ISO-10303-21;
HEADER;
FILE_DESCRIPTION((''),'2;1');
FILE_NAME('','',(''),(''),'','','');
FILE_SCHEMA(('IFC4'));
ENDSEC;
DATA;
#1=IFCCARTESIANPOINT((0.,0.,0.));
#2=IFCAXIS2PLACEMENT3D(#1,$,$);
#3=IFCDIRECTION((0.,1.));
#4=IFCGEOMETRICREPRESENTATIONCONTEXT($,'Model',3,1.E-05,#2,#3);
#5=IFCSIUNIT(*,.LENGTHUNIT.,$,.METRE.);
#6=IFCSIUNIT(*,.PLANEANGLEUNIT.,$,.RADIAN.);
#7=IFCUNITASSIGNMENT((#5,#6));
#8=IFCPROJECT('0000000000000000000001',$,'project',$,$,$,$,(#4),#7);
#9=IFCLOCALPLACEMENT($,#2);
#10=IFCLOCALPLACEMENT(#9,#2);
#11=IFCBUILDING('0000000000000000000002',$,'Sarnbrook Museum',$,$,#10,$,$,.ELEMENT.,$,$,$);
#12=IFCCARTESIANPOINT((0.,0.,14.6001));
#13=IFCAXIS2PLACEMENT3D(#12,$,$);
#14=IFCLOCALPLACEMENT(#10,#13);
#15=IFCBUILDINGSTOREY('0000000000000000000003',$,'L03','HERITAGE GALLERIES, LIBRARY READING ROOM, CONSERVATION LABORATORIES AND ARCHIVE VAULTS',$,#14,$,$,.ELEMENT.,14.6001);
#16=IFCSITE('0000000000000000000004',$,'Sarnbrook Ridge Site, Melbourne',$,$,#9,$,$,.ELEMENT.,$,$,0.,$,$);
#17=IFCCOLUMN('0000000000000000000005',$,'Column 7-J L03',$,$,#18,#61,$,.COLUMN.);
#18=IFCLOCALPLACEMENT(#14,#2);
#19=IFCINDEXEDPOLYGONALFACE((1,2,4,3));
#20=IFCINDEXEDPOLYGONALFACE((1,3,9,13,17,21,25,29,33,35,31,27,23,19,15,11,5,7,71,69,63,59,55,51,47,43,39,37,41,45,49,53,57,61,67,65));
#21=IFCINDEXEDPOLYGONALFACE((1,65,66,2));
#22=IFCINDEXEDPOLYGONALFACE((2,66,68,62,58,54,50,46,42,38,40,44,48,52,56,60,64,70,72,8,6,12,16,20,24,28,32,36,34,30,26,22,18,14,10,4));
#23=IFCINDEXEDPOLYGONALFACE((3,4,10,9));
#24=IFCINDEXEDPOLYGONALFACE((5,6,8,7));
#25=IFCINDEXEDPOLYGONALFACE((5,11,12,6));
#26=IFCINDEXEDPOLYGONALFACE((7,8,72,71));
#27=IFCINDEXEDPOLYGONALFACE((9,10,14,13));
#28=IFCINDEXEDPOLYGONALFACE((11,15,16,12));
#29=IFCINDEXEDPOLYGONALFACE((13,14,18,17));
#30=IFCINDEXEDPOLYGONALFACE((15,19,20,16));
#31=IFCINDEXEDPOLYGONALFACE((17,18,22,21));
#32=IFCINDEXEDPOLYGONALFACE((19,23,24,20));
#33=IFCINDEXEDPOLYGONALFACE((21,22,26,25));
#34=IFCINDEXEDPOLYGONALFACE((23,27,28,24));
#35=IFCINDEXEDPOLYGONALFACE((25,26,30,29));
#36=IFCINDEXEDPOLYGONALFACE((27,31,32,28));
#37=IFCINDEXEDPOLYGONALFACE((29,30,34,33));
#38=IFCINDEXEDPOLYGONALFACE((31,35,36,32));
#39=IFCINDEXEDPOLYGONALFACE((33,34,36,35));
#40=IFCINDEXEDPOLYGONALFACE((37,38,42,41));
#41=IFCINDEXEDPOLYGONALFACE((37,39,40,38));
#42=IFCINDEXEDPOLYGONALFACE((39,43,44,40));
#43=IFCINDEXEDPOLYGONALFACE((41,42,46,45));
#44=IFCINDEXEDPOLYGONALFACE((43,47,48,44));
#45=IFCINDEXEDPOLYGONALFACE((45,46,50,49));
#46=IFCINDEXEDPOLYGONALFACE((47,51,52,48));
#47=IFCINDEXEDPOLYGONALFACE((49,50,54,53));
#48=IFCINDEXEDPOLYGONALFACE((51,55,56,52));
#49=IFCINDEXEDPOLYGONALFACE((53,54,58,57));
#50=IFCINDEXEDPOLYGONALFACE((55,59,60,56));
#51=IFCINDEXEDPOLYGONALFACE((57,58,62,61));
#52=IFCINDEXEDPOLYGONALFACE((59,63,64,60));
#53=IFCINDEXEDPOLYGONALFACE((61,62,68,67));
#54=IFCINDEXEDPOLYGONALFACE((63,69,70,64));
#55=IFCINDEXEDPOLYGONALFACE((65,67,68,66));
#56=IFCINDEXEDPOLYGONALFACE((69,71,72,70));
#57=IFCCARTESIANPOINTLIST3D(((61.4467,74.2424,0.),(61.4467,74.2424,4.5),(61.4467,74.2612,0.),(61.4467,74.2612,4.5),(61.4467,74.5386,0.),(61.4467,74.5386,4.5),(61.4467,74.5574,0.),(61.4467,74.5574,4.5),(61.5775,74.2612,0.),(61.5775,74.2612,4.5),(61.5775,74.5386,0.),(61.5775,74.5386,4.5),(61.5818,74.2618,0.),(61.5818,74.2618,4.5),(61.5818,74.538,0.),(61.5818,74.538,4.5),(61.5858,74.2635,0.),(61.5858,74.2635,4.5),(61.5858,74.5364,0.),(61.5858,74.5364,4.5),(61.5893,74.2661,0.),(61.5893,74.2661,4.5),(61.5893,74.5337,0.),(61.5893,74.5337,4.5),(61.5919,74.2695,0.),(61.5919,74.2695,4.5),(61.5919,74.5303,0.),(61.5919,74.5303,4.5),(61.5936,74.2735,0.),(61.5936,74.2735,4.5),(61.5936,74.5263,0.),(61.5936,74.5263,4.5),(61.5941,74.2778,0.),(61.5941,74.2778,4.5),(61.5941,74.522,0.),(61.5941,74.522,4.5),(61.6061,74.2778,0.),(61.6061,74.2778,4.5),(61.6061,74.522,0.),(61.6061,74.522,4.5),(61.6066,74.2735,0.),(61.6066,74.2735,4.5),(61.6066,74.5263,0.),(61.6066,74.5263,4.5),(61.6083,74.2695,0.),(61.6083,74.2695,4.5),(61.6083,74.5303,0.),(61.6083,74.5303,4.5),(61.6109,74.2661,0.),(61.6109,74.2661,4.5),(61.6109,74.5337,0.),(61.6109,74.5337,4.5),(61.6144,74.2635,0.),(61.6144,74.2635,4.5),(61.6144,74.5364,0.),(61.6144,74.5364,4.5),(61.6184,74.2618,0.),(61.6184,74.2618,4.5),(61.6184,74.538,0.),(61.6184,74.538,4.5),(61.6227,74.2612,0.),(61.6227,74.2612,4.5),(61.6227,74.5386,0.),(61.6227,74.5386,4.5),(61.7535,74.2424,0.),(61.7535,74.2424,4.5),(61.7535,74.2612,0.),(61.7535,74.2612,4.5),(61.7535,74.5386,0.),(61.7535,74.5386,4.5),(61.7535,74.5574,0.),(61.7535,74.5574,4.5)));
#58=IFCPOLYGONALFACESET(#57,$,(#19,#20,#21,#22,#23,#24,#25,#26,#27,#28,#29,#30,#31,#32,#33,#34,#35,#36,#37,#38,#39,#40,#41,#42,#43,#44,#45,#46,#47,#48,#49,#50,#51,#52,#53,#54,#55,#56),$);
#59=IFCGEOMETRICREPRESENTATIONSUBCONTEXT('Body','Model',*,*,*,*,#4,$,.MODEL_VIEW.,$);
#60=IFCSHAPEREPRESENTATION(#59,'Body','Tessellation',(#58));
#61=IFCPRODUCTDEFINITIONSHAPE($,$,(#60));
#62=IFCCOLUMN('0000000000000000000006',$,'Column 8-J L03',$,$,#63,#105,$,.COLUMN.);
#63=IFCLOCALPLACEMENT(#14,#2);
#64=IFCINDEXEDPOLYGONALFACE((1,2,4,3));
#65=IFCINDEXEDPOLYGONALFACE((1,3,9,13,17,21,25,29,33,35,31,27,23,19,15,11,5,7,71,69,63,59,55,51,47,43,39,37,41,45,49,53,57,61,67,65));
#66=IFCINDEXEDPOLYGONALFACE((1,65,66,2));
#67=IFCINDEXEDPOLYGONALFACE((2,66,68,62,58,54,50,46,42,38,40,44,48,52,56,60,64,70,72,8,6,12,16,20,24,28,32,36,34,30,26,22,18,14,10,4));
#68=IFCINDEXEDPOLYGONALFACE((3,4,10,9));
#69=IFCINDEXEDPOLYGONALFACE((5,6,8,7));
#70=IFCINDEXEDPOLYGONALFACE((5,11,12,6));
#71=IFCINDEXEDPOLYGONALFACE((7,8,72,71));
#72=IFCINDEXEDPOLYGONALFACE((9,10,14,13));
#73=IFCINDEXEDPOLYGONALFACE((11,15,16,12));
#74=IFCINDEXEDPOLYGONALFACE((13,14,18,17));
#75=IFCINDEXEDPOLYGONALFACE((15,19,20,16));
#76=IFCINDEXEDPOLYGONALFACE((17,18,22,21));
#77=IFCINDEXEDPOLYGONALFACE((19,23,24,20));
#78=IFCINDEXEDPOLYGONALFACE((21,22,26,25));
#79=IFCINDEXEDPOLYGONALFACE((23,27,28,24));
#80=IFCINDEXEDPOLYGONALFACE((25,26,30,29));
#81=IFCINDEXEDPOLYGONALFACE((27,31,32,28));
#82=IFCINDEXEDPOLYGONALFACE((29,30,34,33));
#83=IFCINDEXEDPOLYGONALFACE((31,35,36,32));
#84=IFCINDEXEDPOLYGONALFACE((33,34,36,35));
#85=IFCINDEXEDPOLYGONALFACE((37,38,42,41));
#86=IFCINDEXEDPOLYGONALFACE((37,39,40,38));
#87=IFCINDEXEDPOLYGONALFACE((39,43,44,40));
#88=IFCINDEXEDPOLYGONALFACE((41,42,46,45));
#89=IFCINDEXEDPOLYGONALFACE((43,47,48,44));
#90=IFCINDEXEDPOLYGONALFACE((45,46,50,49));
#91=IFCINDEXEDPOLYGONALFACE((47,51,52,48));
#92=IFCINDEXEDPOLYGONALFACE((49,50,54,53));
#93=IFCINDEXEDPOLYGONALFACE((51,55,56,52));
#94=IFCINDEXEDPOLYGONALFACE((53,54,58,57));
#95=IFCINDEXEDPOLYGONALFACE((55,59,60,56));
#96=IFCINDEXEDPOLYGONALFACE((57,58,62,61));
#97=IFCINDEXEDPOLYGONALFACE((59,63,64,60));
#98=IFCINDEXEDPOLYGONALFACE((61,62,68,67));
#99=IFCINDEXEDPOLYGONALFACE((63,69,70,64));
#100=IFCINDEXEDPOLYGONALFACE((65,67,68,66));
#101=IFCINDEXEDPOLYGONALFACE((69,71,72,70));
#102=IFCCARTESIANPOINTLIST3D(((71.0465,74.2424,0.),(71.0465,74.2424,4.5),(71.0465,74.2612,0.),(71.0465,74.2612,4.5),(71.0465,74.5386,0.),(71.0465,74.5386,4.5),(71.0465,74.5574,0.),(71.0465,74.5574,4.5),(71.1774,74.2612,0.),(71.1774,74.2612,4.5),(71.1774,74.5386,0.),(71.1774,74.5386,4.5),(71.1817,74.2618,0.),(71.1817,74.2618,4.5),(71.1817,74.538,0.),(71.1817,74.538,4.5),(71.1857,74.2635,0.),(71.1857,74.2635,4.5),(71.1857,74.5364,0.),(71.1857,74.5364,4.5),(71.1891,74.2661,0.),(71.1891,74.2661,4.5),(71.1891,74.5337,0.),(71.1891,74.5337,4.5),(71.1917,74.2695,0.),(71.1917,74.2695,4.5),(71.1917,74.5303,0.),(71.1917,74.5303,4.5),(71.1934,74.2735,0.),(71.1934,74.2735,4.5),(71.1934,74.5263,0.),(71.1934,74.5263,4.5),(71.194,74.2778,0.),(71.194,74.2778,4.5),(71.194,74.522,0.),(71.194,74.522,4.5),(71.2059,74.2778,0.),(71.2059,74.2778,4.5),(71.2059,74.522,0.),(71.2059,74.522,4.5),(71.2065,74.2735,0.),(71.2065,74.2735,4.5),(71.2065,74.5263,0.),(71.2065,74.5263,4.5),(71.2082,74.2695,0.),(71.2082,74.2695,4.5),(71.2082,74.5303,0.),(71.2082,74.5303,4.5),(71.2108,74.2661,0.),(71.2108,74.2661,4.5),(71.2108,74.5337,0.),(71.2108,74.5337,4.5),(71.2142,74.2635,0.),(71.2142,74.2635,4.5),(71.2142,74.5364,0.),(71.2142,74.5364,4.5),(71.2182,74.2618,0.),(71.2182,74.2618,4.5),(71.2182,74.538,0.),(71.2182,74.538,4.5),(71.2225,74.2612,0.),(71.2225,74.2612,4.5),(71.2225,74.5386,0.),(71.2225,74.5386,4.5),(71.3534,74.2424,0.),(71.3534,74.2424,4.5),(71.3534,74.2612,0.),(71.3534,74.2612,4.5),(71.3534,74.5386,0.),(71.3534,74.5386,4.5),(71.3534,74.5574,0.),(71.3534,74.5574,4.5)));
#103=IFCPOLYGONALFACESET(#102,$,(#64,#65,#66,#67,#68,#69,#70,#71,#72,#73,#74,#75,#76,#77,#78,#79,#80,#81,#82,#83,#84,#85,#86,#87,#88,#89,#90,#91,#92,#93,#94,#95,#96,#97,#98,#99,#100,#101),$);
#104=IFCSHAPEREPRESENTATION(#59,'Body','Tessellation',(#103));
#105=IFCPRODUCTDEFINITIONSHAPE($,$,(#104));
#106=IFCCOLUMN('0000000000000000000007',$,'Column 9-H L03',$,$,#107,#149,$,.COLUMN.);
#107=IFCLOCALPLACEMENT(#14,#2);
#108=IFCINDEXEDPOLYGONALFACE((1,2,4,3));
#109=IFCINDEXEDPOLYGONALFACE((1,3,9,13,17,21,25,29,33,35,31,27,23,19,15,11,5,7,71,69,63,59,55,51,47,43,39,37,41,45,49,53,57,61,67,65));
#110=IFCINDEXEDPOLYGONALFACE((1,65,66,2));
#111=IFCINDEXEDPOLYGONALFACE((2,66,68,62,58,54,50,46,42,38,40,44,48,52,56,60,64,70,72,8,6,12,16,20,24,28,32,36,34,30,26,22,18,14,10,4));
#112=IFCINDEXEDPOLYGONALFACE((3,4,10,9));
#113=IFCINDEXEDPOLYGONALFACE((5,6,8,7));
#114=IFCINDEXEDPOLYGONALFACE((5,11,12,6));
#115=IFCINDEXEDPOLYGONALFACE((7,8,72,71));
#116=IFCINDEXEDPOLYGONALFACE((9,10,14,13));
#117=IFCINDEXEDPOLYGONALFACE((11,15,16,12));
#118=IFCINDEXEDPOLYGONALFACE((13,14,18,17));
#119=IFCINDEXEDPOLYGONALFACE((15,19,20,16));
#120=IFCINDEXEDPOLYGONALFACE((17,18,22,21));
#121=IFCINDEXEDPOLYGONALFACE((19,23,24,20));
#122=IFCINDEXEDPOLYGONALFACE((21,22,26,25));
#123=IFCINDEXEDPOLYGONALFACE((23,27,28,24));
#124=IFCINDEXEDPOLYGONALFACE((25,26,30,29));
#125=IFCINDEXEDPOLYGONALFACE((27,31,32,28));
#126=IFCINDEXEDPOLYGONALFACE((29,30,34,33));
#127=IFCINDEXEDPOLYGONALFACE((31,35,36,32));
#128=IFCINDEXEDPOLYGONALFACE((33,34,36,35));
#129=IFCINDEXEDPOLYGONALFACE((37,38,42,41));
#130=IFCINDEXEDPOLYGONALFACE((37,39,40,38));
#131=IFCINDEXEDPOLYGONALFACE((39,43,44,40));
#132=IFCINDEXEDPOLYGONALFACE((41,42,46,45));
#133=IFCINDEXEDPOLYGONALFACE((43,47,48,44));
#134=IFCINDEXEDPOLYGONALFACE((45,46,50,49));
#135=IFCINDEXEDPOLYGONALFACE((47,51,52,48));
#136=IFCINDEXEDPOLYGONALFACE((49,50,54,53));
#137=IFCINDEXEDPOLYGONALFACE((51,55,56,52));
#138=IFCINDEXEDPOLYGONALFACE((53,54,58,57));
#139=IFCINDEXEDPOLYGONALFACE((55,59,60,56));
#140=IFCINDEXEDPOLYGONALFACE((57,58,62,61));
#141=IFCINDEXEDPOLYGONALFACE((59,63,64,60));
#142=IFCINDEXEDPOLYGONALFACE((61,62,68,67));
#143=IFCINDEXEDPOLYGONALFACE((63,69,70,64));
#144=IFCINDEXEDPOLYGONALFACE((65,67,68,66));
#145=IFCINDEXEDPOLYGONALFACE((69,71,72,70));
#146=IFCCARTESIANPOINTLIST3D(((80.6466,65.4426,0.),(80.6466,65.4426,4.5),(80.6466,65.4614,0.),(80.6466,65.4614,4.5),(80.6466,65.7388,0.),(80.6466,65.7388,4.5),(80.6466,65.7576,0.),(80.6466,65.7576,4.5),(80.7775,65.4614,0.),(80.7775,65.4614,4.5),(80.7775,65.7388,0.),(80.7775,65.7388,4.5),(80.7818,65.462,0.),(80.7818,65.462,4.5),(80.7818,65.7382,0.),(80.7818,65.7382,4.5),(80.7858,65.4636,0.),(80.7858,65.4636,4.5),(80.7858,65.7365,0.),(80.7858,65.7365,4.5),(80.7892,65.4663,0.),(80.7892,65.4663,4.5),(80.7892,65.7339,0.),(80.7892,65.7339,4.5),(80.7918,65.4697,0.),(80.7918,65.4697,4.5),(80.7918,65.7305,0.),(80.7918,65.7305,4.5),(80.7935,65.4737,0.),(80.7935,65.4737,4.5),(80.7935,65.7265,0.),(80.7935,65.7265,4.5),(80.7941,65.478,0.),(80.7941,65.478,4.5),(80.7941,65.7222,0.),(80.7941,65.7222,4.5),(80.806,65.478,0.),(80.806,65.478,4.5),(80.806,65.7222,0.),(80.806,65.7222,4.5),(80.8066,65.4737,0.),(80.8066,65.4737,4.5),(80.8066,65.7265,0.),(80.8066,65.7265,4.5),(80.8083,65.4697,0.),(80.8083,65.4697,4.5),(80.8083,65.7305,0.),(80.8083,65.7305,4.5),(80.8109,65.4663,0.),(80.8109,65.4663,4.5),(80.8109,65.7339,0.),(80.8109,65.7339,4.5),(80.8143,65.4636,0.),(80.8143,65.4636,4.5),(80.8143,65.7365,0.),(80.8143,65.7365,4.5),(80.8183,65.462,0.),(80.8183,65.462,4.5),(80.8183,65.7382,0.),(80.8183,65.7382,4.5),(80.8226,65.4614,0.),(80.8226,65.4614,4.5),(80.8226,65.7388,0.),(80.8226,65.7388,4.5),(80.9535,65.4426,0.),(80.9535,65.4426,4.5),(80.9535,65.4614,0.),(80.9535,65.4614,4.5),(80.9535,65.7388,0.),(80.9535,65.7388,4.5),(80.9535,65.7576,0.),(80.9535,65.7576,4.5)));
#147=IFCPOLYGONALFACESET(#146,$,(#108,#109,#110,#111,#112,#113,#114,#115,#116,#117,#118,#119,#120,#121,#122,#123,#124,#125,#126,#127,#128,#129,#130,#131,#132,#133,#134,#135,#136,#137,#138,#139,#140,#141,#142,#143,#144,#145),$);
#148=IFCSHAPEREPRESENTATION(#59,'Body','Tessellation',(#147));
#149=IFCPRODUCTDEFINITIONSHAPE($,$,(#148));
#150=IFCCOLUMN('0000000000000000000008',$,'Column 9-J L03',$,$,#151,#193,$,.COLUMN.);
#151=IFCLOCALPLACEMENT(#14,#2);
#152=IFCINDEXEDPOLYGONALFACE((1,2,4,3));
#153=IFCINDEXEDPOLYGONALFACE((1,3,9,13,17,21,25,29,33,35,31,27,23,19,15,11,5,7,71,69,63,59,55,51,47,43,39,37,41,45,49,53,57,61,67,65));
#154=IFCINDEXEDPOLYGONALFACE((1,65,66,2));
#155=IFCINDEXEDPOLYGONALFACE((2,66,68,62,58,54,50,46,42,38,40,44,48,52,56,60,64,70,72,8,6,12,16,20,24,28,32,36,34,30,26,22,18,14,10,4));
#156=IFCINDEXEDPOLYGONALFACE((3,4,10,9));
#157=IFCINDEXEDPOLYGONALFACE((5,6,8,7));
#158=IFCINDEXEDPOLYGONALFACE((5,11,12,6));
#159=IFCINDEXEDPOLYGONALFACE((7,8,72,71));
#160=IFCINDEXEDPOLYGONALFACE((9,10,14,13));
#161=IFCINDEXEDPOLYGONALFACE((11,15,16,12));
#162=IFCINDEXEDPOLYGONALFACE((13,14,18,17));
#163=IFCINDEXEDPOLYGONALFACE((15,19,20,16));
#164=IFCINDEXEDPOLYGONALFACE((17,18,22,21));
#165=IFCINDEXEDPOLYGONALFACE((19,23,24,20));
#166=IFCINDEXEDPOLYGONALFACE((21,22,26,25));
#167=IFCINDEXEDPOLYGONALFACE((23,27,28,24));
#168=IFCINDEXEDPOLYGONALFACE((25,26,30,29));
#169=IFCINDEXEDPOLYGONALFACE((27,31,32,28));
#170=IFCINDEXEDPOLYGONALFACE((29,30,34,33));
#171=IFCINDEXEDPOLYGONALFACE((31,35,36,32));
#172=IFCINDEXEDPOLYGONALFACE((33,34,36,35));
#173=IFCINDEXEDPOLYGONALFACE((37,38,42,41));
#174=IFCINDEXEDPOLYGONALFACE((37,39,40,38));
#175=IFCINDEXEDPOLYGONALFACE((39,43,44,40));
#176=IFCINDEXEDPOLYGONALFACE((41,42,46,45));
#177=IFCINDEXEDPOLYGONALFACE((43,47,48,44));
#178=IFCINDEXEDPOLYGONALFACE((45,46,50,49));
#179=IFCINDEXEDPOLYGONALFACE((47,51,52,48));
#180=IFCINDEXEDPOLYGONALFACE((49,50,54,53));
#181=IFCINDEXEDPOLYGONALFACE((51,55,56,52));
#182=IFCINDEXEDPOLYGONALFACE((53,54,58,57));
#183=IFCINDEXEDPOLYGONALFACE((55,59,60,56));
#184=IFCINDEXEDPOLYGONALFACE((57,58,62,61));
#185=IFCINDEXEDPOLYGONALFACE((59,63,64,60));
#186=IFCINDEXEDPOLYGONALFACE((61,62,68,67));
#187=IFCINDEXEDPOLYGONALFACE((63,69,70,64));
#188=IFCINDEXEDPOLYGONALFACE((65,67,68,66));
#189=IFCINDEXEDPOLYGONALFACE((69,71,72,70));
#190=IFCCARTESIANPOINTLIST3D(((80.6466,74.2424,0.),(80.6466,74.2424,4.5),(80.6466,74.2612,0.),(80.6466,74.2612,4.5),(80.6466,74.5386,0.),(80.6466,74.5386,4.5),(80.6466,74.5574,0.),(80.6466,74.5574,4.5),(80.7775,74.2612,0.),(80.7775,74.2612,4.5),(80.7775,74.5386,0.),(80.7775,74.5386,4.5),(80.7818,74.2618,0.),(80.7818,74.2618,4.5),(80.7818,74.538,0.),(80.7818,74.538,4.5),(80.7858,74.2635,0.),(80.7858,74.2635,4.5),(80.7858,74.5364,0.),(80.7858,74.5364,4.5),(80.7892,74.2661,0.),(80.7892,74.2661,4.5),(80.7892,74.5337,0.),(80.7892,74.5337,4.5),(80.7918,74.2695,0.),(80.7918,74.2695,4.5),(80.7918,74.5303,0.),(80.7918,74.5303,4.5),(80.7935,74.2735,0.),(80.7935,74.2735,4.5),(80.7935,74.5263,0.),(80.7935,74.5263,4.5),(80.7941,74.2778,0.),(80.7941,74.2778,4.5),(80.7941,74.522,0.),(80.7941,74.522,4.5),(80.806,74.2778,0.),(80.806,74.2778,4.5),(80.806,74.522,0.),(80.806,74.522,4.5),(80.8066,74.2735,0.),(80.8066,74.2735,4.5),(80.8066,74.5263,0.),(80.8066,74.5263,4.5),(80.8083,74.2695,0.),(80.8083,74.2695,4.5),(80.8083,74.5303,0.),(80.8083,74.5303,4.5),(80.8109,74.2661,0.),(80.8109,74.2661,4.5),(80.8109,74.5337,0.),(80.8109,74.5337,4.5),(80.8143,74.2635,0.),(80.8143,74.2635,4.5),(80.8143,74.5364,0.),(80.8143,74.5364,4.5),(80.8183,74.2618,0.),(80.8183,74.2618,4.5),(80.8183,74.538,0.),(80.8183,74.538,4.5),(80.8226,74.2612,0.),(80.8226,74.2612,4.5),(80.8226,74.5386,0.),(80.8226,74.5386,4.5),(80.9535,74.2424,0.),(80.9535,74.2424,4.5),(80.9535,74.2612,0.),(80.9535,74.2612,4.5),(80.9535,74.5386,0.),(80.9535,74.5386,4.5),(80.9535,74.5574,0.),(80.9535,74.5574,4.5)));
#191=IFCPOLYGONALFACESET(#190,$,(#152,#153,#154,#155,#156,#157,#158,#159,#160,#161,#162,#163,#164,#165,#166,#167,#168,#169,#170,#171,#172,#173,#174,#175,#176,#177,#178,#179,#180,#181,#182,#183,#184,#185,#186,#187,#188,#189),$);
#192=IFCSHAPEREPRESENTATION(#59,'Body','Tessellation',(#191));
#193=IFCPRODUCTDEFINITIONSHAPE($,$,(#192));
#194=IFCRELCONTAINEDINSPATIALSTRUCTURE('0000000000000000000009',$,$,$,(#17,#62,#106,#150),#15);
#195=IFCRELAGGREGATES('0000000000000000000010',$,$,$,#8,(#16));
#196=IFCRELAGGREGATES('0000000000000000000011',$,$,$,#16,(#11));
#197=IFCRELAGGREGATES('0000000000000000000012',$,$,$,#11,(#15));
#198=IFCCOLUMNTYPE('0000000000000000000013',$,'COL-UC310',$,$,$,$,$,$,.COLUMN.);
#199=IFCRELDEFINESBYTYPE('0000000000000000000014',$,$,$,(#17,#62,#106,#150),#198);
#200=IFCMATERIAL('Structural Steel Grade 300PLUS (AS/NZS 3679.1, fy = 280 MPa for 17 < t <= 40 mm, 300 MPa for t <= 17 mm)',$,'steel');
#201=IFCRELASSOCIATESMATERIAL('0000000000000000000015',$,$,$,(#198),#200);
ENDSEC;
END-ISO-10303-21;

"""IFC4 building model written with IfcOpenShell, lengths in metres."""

from ifc_helpers import new_model, si_unit, direction, frame, origin, origin_2d, place, context, subcontext, project, spatial, i_section, extrude, material, material_profile, profile_set, type_object, element, save


model = new_model("IFC4")

# Units and contexts
model_context = context("Model", 3, precision=1e-05, world=origin(), true_north=direction((0.0, 1.0)))
body_context = subcontext(model_context, "Body", "Model", "MODEL_VIEW")
ifc_project = project(units=[si_unit("LENGTHUNIT", "METRE"), si_unit("PLANEANGLEUNIT", "RADIAN")], contexts=[model_context])

# Site, building, storey
site_placement = place(None, origin())
site = spatial("IfcSite", under=ifc_project, at=site_placement, Name="Sarnbrook Ridge Site, Melbourne", CompositionType="ELEMENT", RefElevation=0.0)
building_placement = place(site_placement, origin())
building = spatial("IfcBuilding", under=site, at=building_placement, Name="Sarnbrook Museum", CompositionType="ELEMENT")
storey_placement = place(building_placement, frame((0.0, 0.0, 14.6001)))
storey = spatial("IfcBuildingStorey", under=building, at=storey_placement, Name="L03", Description="HERITAGE GALLERIES, LIBRARY READING ROOM, CONSERVATION LABORATORIES AND ARCHIVE VAULTS", CompositionType="ELEMENT", Elevation=14.6001)

# Columns
ifc_material_1 = material(Name="Structural Steel Grade 300PLUS (AS/NZS 3679.1, fy = 280 MPa for 17 < t <= 40 mm, 300 MPa for t <= 17 mm)", Category="steel")
ifc_material_profile_1 = material_profile(ifc_material_1, i_section(OverallWidth=0.3069, OverallDepth=0.3149, WebThickness=0.012, FlangeThickness=0.0188, FilletRadius=0.0166, at=origin_2d()), Name="310UC118")
ifc_profile_set_1 = profile_set([ifc_material_profile_1], Name="Structural Steel Grade 300PLUS (AS/NZS 3679.1, fy = 280 MPa for 17 < t <= 40 mm, 300 MPa for t <= 17 mm)")
column_type = type_object("IfcColumnType", Name="COL-UC310", PredefinedType="COLUMN", material=ifc_profile_set_1)
for number, where, z_axis, x_axis, name in (
    (1, (61.6001, 74.3999, 0.0), (0.0, 0.0, 1.0), (1.0, 0.0, 0.0), "Column 7-J L03"),
    (2, (71.2, 74.3999, 0.0), (0.0, 0.0, 1.0), (1.0, 0.0, 0.0), "Column 8-J L03"),
    (3, (80.8, 65.6001, 0.0), (0.0, 0.0, 1.0), (1.0, 0.0, 0.0), "Column 9-H L03"),
    (4, (80.8, 74.3999, 0.0), (0.0, 0.0, 1.0), (1.0, 0.0, 0.0), "Column 9-J L03"),
):
    element("IfcColumn", number, at=place(storey_placement, frame(where, z_axis=z_axis, x_axis=x_axis)), inside=storey, type_object=column_type, Name=name, PredefinedType="COLUMN", context=body_context, shape_type="SweptSolid", body=[
        extrude(i_section(OverallWidth=0.3069, OverallDepth=0.3149, WebThickness=0.012, FlangeThickness=0.0188, FilletRadius=0.0166, at=origin_2d()), origin(), (0.0, 0.0, 1.0), 4.5),
    ])

save(model, "model.ifc")
